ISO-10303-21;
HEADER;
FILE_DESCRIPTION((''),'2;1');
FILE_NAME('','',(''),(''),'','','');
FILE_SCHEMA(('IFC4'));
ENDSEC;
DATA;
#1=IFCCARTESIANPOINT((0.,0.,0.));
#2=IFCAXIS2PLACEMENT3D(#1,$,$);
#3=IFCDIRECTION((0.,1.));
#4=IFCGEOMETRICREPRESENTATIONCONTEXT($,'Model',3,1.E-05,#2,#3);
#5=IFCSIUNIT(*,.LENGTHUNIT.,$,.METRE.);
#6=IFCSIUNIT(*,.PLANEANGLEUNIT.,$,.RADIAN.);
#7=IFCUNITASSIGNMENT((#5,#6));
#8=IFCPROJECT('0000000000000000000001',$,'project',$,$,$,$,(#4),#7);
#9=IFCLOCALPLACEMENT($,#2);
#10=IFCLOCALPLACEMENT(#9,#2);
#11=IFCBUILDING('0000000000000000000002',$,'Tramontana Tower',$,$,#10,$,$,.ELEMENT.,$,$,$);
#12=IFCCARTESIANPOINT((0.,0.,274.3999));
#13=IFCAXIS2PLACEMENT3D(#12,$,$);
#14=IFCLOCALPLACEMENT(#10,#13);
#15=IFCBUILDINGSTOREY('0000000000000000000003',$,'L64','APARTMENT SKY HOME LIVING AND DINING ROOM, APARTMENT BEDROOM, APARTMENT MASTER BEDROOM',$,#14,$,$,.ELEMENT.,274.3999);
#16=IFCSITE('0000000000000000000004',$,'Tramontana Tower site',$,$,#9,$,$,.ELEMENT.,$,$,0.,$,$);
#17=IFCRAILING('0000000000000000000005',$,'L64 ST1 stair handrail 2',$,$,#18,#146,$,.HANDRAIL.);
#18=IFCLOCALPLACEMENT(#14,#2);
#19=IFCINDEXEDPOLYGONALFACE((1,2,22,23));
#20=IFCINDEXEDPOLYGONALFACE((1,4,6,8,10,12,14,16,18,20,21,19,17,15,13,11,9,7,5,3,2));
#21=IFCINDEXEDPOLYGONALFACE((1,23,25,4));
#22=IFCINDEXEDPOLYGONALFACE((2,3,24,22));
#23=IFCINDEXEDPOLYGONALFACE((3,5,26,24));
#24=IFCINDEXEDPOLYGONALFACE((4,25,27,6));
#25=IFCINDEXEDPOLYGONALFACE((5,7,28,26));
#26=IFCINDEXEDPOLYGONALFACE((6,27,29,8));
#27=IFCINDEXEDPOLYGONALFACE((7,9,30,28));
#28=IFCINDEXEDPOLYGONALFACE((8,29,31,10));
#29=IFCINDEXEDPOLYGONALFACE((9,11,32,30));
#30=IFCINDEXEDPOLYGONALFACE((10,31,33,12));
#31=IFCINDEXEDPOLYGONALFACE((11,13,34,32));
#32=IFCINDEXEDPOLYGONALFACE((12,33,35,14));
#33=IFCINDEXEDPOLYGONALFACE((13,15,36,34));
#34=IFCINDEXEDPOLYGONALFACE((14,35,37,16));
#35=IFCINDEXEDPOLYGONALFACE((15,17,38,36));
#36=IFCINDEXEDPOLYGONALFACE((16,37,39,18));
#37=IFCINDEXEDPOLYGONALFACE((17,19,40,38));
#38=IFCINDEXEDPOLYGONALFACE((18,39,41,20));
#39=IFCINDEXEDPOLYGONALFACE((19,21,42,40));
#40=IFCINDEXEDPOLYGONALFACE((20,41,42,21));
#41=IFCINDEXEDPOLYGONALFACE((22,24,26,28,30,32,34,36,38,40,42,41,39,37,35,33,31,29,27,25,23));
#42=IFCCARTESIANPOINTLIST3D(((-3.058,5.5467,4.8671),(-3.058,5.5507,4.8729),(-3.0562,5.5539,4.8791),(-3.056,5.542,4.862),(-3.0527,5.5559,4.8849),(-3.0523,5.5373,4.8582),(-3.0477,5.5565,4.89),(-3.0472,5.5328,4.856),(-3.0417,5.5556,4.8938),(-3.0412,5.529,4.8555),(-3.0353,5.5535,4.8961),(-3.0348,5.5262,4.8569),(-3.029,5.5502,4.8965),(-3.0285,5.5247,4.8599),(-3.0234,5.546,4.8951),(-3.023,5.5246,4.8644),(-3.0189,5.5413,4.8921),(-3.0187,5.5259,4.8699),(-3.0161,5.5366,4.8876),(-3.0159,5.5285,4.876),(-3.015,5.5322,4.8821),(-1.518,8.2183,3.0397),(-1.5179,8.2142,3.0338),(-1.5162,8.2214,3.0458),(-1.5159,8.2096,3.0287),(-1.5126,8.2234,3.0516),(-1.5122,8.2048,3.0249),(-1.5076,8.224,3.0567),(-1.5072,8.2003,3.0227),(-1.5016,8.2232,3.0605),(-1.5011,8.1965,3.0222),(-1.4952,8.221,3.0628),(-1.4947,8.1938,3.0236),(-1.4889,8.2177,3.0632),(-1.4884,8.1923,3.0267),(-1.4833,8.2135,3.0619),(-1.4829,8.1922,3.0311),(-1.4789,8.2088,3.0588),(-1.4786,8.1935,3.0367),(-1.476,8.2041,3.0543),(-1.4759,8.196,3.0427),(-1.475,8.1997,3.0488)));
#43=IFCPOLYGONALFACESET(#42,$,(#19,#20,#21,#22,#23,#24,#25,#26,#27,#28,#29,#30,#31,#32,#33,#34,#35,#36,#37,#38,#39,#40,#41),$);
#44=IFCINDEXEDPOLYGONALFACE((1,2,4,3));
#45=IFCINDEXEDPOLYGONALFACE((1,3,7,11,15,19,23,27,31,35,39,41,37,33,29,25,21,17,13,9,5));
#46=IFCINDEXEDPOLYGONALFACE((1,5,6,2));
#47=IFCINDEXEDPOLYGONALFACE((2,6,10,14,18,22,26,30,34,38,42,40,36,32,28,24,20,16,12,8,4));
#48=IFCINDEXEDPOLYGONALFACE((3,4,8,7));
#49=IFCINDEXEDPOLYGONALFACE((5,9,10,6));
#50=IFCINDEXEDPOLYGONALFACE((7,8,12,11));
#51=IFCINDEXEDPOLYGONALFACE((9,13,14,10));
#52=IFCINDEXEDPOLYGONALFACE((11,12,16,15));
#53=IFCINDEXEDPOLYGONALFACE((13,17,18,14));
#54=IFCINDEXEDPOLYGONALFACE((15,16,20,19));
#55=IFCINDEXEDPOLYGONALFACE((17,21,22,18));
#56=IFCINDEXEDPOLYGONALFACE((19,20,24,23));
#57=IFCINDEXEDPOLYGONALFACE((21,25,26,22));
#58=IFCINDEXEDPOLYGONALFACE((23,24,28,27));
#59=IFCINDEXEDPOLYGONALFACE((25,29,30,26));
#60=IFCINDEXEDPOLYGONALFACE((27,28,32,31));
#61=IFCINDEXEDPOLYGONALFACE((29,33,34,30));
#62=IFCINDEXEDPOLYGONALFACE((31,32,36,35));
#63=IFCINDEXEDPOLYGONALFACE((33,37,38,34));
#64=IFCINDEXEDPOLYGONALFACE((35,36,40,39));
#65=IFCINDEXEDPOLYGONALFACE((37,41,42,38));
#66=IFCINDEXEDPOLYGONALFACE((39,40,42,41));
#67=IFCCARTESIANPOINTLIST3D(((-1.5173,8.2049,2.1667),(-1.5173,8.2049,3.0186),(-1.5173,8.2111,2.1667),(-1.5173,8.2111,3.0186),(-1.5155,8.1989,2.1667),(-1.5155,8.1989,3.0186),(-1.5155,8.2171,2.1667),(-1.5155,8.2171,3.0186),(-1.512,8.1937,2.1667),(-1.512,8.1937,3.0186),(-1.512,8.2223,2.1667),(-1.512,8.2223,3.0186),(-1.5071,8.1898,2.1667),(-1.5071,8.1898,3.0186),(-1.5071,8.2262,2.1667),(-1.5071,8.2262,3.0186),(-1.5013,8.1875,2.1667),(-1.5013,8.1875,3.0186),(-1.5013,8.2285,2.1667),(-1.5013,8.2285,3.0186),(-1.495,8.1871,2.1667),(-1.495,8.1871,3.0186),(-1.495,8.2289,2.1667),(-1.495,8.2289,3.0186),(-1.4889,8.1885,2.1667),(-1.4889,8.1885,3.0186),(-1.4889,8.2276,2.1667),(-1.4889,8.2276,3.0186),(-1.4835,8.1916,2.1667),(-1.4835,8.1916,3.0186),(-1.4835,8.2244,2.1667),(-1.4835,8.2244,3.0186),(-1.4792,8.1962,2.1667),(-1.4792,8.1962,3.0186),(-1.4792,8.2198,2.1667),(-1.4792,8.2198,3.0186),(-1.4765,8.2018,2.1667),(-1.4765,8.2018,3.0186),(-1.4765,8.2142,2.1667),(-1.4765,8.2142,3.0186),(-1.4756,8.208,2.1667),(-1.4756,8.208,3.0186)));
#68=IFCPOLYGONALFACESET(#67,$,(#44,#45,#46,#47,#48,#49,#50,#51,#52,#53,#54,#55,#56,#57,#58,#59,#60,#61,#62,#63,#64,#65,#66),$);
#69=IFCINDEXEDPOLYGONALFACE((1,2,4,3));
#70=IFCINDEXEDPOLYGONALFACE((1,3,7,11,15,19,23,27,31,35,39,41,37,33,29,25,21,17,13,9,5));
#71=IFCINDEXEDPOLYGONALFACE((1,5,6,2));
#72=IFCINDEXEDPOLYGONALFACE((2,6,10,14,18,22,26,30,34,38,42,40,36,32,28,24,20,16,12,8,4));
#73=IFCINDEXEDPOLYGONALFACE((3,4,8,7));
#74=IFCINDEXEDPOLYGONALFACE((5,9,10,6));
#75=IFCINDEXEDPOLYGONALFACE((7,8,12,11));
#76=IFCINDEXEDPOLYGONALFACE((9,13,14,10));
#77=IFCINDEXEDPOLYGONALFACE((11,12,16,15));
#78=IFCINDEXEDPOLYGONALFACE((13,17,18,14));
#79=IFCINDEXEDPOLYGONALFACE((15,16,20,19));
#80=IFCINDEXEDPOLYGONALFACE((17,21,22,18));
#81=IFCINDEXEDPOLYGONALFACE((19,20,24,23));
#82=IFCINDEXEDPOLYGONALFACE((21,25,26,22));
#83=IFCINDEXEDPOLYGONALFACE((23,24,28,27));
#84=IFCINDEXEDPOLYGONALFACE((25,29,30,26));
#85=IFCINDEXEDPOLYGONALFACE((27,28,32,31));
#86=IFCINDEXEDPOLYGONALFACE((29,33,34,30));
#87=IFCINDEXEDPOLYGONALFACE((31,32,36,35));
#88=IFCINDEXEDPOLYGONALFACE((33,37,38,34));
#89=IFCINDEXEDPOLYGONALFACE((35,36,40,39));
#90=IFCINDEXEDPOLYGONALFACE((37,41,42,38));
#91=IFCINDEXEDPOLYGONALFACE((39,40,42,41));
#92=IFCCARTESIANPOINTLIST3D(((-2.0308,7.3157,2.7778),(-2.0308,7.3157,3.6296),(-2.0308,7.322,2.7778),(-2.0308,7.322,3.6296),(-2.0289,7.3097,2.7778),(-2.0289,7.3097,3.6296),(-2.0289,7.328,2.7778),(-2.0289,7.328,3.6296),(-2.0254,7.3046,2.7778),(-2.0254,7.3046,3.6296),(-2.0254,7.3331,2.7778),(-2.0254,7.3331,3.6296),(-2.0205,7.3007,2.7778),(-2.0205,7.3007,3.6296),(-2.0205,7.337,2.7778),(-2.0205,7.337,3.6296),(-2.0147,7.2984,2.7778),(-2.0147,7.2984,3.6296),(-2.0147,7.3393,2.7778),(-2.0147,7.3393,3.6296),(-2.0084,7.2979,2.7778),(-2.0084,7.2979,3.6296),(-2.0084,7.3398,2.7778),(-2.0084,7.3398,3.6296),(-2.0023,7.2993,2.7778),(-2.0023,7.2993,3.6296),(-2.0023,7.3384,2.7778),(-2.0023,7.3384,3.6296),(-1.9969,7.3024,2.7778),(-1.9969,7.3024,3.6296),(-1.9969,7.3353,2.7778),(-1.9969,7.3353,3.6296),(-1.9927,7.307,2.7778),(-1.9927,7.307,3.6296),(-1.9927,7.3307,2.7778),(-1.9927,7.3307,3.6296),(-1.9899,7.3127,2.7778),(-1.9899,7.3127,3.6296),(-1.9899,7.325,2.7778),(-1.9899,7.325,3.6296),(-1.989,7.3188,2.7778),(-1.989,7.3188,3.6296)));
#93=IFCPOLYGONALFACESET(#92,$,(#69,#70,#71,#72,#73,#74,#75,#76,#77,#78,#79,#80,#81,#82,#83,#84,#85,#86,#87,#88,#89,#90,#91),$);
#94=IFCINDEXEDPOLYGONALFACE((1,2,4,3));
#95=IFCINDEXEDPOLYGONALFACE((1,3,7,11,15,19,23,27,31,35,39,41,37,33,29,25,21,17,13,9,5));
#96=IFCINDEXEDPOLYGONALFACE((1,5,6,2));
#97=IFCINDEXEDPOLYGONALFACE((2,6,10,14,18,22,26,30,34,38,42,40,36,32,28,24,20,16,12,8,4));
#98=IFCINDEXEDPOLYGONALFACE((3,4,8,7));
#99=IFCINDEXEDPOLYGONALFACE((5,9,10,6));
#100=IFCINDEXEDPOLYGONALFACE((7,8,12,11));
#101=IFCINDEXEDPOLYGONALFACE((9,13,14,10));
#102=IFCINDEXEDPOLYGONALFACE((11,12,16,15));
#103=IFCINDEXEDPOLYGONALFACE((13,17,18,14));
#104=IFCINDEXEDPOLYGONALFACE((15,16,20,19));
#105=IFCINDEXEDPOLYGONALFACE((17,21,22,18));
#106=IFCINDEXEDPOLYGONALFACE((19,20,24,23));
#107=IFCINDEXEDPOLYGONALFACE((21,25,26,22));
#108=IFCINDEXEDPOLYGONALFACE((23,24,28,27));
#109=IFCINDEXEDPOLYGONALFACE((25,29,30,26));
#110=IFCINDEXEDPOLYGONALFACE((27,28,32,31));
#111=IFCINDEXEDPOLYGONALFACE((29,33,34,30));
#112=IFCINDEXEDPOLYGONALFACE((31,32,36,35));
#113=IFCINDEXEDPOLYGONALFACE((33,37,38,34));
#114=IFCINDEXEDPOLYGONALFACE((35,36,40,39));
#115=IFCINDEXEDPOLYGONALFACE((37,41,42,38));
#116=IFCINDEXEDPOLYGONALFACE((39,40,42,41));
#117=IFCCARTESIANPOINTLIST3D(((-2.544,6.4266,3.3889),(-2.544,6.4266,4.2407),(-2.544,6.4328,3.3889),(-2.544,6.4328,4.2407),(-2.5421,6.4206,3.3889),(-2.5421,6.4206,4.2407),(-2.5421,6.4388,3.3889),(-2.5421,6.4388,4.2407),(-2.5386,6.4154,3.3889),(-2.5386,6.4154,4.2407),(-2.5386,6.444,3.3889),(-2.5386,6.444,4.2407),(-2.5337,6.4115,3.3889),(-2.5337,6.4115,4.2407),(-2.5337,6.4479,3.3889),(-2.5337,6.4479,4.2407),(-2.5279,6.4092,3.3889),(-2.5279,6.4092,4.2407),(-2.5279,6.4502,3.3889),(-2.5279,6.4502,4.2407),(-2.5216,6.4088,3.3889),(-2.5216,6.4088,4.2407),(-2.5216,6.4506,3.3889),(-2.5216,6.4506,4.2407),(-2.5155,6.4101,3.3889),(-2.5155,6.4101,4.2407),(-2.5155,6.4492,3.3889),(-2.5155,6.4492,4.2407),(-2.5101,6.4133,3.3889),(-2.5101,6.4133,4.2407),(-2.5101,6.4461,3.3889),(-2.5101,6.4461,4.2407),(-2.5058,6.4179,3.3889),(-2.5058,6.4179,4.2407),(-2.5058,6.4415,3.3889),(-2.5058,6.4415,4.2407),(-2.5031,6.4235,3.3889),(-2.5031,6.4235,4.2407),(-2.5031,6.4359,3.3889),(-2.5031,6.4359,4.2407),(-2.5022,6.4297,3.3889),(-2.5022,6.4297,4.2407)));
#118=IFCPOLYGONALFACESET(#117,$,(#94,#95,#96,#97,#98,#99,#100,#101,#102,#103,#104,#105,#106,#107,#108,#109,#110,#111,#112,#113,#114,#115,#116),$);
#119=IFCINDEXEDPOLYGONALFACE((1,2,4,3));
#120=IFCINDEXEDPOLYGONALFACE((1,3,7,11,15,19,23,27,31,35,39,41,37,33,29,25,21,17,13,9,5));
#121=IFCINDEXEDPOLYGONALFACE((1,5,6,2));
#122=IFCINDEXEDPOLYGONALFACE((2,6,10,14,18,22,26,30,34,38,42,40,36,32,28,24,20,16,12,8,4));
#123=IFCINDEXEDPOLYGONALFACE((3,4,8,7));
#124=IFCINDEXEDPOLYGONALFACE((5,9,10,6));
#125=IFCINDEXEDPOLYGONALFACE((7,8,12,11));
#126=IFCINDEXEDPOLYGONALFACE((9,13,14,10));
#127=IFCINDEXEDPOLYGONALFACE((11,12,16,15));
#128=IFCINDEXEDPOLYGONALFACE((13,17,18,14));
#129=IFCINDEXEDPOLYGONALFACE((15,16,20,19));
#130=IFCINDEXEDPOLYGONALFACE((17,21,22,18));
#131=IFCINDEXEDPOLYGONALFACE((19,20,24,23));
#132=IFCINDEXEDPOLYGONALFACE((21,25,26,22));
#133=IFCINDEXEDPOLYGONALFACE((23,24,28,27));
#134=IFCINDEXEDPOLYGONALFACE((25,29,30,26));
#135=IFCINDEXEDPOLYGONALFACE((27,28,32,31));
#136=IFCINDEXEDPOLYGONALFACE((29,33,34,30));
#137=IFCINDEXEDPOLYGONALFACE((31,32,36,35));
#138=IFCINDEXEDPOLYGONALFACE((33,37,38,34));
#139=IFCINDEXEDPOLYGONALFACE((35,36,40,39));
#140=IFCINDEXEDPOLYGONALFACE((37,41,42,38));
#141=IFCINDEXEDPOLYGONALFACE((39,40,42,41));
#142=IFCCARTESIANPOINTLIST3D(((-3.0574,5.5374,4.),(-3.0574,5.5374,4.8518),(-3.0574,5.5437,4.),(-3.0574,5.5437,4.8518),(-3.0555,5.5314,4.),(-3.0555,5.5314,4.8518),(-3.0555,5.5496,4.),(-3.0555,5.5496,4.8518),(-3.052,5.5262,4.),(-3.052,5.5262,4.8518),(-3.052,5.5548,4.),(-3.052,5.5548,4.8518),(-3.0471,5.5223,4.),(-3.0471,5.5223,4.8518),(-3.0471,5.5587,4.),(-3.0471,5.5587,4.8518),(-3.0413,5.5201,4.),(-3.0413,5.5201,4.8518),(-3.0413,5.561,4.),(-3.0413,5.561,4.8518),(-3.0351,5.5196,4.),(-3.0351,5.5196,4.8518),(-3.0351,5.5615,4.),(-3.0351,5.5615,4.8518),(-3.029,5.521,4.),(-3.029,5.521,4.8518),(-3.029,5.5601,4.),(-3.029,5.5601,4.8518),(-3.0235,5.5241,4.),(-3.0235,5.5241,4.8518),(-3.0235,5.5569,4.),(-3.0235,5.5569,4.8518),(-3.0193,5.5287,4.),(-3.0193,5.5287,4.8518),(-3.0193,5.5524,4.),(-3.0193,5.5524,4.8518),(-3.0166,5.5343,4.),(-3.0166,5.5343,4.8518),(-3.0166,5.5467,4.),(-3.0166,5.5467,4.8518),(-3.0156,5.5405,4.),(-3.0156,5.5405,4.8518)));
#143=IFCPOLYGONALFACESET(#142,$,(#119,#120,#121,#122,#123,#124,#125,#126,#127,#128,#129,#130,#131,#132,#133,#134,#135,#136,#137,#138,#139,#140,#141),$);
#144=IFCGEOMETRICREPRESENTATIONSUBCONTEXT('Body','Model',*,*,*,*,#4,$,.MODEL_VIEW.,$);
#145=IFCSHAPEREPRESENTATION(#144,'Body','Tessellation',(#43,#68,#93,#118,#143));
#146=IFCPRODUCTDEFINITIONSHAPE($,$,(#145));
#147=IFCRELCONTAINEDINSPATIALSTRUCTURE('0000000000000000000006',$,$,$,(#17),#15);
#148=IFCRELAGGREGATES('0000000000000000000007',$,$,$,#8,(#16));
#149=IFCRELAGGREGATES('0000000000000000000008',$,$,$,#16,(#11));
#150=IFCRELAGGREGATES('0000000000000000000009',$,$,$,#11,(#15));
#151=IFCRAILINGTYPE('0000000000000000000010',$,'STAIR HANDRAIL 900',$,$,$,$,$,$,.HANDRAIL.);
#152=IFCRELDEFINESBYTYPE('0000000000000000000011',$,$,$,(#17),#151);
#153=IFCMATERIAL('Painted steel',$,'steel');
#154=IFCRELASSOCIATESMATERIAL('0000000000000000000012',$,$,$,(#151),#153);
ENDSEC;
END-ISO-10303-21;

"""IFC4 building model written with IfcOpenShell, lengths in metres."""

from ifc_helpers import new_model, si_unit, direction, frame, origin, origin_2d, place, context, subcontext, project, spatial, circle, extrude, material, type_object, element, save


model = new_model("IFC4")

# Units and contexts
model_context = context("Model", 3, precision=1e-05, world=origin(), true_north=direction((0.0, 1.0)))
body_context = subcontext(model_context, "Body", "Model", "MODEL_VIEW")
ifc_project = project(units=[si_unit("LENGTHUNIT", "METRE"), si_unit("PLANEANGLEUNIT", "RADIAN")], contexts=[model_context])

# Site, building, storey
site_placement = place(None, origin())
site = spatial("IfcSite", under=ifc_project, at=site_placement, Name="Tramontana Tower site", CompositionType="ELEMENT", RefElevation=0.0)
building_placement = place(site_placement, origin())
building = spatial("IfcBuilding", under=site, at=building_placement, Name="Tramontana Tower", CompositionType="ELEMENT")
storey_placement = place(building_placement, frame((0.0, 0.0, 274.3999)))
storey = spatial("IfcBuildingStorey", under=building, at=storey_placement, Name="L64", Description="APARTMENT SKY HOME LIVING AND DINING ROOM, APARTMENT BEDROOM, APARTMENT MASTER BEDROOM", CompositionType="ELEMENT", Elevation=274.3999)

# Railing
ifc_material_1 = material(Name="Painted steel", Category="steel")
railing_type_1 = type_object("IfcRailingType", Name="STAIR HANDRAIL 900", PredefinedType="HANDRAIL", material=ifc_material_1)
railing_1_placement = place(storey_placement, frame((-1.4966, 8.208, 2.1667)))
element("IfcRailing", 1, at=railing_1_placement, inside=storey, type_object=railing_type_1, Name="L64 ST1 stair handrail 2", PredefinedType="HANDRAIL", context=body_context, shape_type="SweptSolid", body=[
    extrude(circle(Radius=0.0239, at=origin_2d()), frame((0.0, 0.0, 0.876), z_axis=(-0.429649, -0.74419, 0.511452), x_axis=(0.86603, -0.499992, 0.0)), (0.0, 0.0, 1.0), 3.5845),
    extrude(circle(Radius=0.021, at=origin_2d()), origin(), (0.0, 0.0, 1.0), 0.8518),
    extrude(circle(Radius=0.021, at=origin_2d()), frame((-0.5134, -0.8892, 0.6111)), (0.0, 0.0, 1.0), 0.8518),
    extrude(circle(Radius=0.021, at=origin_2d()), frame((-1.0266, -1.7783, 1.2222)), (0.0, 0.0, 1.0), 0.8518),
    extrude(circle(Radius=0.021, at=origin_2d()), frame((-1.54, -2.6675, 1.8333)), (0.0, 0.0, 1.0), 0.8518),
])

save(model, "model.ifc")
